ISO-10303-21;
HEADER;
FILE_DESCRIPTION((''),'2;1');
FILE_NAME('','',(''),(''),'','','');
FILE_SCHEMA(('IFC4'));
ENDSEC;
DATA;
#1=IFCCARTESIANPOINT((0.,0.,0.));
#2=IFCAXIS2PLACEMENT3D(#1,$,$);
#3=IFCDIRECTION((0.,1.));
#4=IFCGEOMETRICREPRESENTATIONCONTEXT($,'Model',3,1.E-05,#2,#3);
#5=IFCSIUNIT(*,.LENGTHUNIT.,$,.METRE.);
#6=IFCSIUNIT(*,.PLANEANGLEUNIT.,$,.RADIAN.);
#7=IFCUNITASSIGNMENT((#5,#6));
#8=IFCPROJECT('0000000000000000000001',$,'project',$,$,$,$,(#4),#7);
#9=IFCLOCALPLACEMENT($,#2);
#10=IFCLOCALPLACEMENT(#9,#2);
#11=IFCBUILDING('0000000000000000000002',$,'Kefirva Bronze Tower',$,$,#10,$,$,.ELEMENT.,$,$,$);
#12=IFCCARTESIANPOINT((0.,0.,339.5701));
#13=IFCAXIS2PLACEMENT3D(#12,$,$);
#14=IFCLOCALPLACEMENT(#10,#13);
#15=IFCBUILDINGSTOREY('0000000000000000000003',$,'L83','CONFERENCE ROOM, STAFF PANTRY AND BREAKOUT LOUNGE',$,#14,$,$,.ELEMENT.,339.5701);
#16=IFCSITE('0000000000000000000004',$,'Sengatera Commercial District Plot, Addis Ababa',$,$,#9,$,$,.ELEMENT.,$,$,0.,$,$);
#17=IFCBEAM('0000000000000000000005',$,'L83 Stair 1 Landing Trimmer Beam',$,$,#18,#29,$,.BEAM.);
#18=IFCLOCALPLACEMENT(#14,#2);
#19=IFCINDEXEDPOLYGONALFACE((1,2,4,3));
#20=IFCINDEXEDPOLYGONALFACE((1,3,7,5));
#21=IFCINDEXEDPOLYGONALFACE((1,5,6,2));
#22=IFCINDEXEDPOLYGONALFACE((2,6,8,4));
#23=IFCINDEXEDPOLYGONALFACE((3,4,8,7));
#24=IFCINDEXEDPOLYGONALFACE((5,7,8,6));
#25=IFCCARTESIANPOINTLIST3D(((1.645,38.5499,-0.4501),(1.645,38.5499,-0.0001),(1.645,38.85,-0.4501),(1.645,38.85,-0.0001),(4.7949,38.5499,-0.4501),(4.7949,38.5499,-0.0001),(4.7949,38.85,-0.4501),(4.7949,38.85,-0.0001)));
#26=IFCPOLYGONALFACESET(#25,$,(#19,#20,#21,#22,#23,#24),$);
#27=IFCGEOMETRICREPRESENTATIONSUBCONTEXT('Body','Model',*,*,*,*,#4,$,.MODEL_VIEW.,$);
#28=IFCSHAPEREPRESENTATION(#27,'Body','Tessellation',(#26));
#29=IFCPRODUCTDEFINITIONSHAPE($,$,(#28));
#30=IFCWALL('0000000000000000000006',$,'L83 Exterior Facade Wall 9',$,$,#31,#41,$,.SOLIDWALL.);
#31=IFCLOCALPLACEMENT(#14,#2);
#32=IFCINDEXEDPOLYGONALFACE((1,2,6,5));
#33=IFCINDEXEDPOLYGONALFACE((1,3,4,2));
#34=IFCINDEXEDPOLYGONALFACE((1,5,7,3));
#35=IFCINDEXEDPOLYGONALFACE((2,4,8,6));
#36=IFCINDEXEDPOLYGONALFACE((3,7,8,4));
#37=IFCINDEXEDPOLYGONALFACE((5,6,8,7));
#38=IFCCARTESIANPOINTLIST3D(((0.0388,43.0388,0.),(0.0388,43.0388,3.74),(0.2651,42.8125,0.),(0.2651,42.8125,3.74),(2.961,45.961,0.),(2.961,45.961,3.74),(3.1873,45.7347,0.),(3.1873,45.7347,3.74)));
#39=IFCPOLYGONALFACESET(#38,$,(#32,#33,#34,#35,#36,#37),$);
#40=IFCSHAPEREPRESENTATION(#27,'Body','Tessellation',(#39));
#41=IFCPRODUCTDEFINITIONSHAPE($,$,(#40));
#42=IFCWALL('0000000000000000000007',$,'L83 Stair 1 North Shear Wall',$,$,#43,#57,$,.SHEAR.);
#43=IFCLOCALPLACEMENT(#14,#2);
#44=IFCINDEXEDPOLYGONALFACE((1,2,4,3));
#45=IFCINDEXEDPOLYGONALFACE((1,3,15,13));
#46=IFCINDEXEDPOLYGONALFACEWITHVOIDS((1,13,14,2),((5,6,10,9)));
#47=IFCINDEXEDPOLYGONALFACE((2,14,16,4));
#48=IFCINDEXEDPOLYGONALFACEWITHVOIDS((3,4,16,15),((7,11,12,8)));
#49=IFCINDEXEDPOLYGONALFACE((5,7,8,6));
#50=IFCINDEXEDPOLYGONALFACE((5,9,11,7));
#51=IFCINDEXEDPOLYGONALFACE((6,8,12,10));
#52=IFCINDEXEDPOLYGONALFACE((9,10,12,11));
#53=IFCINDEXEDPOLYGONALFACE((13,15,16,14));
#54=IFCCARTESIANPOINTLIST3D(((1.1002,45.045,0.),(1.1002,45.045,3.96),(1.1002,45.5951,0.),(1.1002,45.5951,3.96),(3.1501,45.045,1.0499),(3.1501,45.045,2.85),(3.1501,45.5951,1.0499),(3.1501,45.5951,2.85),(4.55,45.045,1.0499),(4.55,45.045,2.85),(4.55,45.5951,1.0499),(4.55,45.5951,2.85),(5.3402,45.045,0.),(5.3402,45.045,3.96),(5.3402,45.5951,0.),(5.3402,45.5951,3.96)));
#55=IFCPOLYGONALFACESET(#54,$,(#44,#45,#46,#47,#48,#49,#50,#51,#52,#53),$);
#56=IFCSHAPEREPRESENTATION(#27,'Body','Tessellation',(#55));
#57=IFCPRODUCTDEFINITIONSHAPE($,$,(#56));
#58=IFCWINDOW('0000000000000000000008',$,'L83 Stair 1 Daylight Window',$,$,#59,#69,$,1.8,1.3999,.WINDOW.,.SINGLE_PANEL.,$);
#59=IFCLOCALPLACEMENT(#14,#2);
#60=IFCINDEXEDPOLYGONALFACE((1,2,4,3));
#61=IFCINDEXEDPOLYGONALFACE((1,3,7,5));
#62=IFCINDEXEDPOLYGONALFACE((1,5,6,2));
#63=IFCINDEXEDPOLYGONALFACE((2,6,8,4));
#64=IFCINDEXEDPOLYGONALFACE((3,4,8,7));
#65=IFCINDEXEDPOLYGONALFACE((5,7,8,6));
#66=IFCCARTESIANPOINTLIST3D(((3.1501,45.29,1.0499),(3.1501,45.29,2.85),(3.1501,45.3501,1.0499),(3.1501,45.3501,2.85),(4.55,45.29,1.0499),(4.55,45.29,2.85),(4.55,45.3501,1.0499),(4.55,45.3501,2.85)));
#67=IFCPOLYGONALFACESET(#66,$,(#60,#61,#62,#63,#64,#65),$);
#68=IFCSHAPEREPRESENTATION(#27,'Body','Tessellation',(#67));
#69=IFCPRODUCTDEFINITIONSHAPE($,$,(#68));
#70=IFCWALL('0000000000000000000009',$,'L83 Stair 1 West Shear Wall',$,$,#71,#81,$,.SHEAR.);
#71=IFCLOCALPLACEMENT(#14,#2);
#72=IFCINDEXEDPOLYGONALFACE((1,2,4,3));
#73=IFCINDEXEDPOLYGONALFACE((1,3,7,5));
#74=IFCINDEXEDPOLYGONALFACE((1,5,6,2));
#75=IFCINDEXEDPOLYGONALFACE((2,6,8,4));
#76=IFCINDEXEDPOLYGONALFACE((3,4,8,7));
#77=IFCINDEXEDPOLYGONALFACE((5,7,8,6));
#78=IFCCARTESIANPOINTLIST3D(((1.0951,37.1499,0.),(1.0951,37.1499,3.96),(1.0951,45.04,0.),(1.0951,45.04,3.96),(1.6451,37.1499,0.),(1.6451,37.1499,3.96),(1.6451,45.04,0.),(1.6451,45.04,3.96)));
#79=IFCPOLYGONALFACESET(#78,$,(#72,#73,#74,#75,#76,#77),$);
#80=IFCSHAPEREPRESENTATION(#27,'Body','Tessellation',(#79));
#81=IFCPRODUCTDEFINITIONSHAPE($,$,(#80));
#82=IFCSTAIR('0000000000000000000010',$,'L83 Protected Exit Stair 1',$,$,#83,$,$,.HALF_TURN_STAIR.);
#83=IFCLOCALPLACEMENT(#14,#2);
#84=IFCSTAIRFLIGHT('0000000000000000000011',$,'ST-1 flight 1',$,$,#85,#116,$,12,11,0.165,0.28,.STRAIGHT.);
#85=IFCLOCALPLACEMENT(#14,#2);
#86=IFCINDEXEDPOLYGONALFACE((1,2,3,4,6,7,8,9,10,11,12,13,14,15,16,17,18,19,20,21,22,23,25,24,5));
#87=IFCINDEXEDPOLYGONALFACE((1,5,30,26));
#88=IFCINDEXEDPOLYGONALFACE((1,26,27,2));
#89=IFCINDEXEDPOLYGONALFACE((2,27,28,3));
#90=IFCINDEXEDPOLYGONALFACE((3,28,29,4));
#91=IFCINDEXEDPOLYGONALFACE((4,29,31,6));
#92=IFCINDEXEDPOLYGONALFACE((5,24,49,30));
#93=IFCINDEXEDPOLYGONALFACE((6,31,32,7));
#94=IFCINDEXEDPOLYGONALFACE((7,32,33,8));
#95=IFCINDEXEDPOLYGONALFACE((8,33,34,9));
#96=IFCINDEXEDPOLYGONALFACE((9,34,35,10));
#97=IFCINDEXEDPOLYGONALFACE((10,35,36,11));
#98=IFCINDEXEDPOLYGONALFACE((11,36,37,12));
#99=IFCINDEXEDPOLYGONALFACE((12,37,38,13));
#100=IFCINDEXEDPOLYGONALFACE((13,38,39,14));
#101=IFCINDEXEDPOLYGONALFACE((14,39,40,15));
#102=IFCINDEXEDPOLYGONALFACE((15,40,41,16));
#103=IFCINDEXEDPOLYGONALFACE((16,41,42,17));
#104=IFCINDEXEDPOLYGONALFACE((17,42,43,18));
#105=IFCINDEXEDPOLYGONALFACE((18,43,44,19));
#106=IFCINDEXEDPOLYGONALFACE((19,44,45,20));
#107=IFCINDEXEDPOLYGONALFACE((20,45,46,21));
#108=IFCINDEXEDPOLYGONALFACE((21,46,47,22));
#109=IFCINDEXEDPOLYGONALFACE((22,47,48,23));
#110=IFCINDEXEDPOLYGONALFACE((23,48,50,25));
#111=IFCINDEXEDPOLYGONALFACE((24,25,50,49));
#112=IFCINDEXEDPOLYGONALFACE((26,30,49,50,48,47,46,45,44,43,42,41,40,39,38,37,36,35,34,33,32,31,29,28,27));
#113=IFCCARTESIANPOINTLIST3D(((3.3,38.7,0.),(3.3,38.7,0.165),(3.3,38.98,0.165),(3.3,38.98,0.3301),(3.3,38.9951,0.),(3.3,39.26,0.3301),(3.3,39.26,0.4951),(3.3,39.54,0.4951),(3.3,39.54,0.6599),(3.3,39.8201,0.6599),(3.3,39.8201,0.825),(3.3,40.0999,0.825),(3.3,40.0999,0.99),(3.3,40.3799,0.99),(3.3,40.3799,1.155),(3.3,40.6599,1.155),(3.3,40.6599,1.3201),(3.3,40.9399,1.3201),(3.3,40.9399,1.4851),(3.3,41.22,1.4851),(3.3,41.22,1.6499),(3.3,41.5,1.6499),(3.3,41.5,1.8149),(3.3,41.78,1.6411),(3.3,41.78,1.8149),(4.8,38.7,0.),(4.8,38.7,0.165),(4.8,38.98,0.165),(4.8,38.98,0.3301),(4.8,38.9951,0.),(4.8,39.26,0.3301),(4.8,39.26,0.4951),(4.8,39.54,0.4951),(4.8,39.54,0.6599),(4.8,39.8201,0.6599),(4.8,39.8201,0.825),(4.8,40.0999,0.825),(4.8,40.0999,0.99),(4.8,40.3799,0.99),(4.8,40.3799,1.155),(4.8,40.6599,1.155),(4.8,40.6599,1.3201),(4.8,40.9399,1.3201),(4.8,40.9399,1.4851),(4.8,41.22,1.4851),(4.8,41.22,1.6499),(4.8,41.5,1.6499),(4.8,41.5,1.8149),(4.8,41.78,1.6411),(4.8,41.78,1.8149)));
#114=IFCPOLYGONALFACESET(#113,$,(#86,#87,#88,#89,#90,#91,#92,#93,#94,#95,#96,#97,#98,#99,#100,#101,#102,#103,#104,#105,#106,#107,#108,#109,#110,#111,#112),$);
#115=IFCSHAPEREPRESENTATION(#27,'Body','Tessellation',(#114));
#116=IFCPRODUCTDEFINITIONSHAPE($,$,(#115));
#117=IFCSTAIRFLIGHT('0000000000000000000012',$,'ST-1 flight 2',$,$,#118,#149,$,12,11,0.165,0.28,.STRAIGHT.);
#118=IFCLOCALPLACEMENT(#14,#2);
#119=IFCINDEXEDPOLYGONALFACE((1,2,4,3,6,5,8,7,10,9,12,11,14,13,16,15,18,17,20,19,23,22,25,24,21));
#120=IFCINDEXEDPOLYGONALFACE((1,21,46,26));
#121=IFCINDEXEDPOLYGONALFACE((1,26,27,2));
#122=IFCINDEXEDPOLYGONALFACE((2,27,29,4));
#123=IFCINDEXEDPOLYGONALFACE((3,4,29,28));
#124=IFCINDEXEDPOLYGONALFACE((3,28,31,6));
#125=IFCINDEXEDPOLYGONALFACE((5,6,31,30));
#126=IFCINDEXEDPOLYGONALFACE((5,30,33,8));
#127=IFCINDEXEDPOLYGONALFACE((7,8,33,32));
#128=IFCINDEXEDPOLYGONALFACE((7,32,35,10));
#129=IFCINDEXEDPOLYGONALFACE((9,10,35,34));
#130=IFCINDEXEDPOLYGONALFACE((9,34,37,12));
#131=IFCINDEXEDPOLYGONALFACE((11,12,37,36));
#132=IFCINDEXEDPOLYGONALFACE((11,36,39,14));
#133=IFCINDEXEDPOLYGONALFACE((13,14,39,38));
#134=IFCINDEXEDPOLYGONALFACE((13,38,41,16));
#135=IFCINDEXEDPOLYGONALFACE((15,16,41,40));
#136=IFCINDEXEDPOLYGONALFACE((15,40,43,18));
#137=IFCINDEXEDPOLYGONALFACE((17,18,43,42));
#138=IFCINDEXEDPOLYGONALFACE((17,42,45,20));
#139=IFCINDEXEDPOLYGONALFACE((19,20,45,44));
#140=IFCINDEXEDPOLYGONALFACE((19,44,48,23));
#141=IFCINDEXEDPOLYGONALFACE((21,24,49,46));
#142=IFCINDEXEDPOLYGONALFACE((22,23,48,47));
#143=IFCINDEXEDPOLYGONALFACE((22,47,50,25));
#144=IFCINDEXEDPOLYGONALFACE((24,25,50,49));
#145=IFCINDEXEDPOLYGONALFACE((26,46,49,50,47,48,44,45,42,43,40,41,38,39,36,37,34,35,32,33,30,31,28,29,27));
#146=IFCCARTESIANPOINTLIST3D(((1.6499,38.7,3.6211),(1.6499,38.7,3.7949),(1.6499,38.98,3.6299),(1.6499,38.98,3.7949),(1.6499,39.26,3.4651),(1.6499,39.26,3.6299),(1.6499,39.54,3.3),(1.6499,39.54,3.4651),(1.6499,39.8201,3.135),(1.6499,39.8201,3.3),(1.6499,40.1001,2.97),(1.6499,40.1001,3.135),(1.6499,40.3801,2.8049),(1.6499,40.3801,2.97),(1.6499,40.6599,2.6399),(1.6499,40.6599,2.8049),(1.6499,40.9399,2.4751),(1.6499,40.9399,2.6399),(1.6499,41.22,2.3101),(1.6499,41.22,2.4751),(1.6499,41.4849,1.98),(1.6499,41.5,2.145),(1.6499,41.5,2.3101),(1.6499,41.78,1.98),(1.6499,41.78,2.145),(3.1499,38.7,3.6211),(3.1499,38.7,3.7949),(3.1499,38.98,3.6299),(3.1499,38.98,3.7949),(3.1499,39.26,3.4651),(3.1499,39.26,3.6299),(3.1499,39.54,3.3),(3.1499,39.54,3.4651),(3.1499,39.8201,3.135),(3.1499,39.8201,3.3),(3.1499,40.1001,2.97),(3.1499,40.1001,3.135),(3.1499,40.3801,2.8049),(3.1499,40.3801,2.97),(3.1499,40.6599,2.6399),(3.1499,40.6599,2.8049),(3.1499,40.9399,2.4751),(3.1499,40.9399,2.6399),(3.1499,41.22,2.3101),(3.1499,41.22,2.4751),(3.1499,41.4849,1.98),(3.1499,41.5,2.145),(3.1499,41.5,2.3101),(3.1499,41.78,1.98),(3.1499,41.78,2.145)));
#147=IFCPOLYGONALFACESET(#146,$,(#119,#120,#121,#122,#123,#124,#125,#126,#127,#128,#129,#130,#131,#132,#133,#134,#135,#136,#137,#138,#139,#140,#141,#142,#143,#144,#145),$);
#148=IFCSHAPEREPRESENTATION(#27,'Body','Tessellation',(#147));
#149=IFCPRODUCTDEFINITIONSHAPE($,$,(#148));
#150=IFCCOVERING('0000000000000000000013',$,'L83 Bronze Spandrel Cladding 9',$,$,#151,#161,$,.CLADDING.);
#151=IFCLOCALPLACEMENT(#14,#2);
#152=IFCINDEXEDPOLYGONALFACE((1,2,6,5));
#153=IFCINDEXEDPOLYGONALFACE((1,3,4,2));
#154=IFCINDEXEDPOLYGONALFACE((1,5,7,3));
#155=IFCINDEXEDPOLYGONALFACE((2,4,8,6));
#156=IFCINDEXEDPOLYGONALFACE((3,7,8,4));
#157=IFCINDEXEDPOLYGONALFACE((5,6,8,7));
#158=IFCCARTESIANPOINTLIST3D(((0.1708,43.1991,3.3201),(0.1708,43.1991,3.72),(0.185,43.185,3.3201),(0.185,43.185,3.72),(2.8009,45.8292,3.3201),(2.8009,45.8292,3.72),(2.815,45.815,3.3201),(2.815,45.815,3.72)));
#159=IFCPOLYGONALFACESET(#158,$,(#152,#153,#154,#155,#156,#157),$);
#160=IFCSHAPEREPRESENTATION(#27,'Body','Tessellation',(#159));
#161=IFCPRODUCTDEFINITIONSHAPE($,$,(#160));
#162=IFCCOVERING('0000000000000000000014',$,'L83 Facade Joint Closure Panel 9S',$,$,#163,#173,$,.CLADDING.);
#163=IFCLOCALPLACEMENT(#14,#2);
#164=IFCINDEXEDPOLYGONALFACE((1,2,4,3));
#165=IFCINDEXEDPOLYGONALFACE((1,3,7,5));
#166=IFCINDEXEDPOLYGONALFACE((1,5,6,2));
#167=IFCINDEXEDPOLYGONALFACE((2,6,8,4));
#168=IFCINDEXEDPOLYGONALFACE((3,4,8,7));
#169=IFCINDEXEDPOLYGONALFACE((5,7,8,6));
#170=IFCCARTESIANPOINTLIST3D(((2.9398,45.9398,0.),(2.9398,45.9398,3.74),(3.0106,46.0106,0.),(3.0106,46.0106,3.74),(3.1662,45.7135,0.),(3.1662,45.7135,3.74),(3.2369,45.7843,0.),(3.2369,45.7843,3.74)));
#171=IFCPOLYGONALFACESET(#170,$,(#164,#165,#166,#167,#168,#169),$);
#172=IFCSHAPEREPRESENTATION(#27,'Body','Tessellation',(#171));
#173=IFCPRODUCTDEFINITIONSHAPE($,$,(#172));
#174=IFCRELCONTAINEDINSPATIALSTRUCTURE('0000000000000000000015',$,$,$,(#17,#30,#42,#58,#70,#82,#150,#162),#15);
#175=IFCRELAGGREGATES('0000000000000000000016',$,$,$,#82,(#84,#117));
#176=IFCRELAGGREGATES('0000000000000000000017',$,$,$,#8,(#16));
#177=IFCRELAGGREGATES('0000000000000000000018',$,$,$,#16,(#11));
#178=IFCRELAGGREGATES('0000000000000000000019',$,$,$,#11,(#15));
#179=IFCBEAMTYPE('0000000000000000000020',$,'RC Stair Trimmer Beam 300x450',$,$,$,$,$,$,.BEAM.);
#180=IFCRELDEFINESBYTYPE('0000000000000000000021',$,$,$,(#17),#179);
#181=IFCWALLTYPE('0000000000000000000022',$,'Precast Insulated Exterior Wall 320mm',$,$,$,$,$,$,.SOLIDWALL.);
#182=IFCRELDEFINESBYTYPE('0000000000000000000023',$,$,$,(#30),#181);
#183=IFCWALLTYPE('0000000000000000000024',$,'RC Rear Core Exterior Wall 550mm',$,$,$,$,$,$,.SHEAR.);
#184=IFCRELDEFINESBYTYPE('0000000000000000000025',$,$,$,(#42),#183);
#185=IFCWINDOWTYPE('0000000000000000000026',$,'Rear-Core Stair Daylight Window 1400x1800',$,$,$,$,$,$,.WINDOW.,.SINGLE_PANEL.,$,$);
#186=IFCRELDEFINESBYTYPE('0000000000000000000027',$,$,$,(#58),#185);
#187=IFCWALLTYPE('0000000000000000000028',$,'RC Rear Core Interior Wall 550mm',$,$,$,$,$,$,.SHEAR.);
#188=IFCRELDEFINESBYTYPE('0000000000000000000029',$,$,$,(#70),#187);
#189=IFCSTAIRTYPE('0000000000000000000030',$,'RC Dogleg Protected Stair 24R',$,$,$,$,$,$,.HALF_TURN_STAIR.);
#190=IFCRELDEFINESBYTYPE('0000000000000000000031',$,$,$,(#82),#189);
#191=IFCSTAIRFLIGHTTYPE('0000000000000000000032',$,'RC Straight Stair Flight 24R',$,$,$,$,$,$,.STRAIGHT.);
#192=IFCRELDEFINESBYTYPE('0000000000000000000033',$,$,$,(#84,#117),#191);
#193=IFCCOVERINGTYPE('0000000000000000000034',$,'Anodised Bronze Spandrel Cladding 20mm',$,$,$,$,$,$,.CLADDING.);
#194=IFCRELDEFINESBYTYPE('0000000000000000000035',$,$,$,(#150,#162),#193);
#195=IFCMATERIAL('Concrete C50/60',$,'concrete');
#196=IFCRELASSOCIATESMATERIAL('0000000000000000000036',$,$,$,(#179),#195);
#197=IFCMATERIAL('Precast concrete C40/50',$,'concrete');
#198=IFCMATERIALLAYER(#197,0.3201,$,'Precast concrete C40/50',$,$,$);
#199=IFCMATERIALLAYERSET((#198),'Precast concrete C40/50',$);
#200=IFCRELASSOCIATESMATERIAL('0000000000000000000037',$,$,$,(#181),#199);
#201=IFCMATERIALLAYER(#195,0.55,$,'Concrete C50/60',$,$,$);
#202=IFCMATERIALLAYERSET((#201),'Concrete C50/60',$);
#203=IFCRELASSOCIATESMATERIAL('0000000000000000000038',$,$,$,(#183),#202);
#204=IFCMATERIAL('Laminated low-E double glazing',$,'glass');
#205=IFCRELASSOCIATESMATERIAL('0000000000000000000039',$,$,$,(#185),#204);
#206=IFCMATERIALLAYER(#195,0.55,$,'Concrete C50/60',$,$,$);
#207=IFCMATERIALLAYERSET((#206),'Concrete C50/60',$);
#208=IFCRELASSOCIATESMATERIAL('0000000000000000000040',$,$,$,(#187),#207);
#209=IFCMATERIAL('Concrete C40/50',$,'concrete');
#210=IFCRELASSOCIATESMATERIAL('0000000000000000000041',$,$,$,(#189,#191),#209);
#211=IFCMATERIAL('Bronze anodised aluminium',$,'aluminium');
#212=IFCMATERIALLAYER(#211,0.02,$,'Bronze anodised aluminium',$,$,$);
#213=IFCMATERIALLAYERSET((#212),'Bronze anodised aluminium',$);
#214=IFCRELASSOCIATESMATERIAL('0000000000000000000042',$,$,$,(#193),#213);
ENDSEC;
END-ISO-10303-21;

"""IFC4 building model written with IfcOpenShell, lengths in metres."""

from ifc_helpers import new_model, si_unit, direction, frame, frame_2d, origin, origin_2d, place, context, subcontext, project, spatial, polyline, rectangle, outline, extrude, material, layer, layer_set, material_profile, profile_set, type_object, element, fill, aggregate, save


model = new_model("IFC4")

# Units and contexts
model_context = context("Model", 3, precision=1e-05, world=origin(), true_north=direction((0.0, 1.0)))
body_context = subcontext(model_context, "Body", "Model", "MODEL_VIEW")
ifc_project = project(units=[si_unit("LENGTHUNIT", "METRE"), si_unit("PLANEANGLEUNIT", "RADIAN")], contexts=[model_context])

# Site, building, storey
site_placement = place(None, origin())
site = spatial("IfcSite", under=ifc_project, at=site_placement, Name="Sengatera Commercial District Plot, Addis Ababa", CompositionType="ELEMENT", RefElevation=0.0)
building_placement = place(site_placement, origin())
building = spatial("IfcBuilding", under=site, at=building_placement, Name="Kefirva Bronze Tower", CompositionType="ELEMENT")
storey_placement = place(building_placement, frame((0.0, 0.0, 339.5701)))
storey = spatial("IfcBuildingStorey", under=building, at=storey_placement, Name="L83", Description="CONFERENCE ROOM, STAFF PANTRY AND BREAKOUT LOUNGE", CompositionType="ELEMENT", Elevation=339.5701)

# Beam
ifc_material_1 = material(Name="Concrete C50/60", Category="concrete")
ifc_material_profile = material_profile(ifc_material_1, rectangle(XDim=0.3, YDim=0.45, at=origin_2d()), Name="RC 300x450")
ifc_profile_set = profile_set([ifc_material_profile], Name="Concrete C50/60")
beam_type = type_object("IfcBeamType", Name="RC Stair Trimmer Beam 300x450", PredefinedType="BEAM", material=ifc_profile_set)
beam_placement = place(storey_placement, frame((1.645, 38.7, -0.2251), z_axis=(1.0, 0.0, 0.0), x_axis=(0.0, 1.0, 0.0)))
element("IfcBeam", 1, at=beam_placement, inside=storey, type_object=beam_type, Name="L83 Stair 1 Landing Trimmer Beam", PredefinedType="BEAM", context=body_context, shape_type="SweptSolid", body=[
    extrude(rectangle(XDim=0.3, YDim=0.45, at=origin_2d()), origin(), (0.0, 0.0, 1.0), 3.1499),
])

# Wall
ifc_material_2 = material(Name="Precast concrete C40/50", Category="concrete")
ifc_layer_1 = layer(ifc_material_2, 0.3201, Name="Precast concrete C40/50")
ifc_layer_set_1 = layer_set([ifc_layer_1], Name="Precast concrete C40/50")
wall_type_1 = type_object("IfcWallType", Name="Precast Insulated Exterior Wall 320mm", PredefinedType="SOLIDWALL", material=ifc_layer_set_1)
wall_1_placement = place(storey_placement, frame((3.0742, 45.8479, 0.0), z_axis=(0.0, 0.0, 1.0), x_axis=(-0.707107, -0.707107, 0.0)))
element("IfcWall", 2, at=wall_1_placement, inside=storey, type_object=wall_type_1, Name="L83 Exterior Facade Wall 9", PredefinedType="SOLIDWALL", context=body_context, shape_type="SweptSolid", body=[
    extrude(rectangle(XDim=4.1326, YDim=0.3201, at=frame_2d((2.0664, 0.0))), origin(), (0.0, 0.0, 1.0), 3.74),
])

# Wall, opening, window
ifc_layer_2 = layer(ifc_material_1, 0.55, Name="Concrete C50/60")
ifc_layer_set_2 = layer_set([ifc_layer_2], Name="Concrete C50/60")
wall_type_2 = type_object("IfcWallType", Name="RC Rear Core Exterior Wall 550mm", PredefinedType="SHEAR", material=ifc_layer_set_2)
wall_2_placement = place(storey_placement, frame((1.1001, 45.3201, 0.0), z_axis=(0.0, 0.0, 1.0), x_axis=(1.0, 0.0, 0.0)))
wall_2 = element("IfcWall", 3, at=wall_2_placement, inside=storey, type_object=wall_type_2, Name="L83 Stair 1 North Shear Wall", PredefinedType="SHEAR", context=body_context, shape_type="SweptSolid", body=[
    extrude(rectangle(XDim=4.24, YDim=0.55, at=frame_2d((2.1201, 0.0))), origin(), (0.0, 0.0, 1.0), 3.96),
])
opening_1_placement = place(wall_2_placement, frame((2.05, 0.0, 1.05)))
opening_1 = element("IfcOpeningElement", 4, at=opening_1_placement, cuts=wall_2, PredefinedType="OPENING", context=body_context, shape_type="SweptSolid", body=[
    extrude(rectangle(XDim=1.3999, YDim=1.8, at=frame_2d((0.7, 0.8999))), frame((0.0, 0.2852, 0.0), z_axis=(0.0, -1.0, 0.0), x_axis=(1.0, 0.0, 0.0)), (0.0, 0.0, 1.0), 0.5701),
])
ifc_material_3 = material(Name="Laminated low-E double glazing", Category="glass")
window_type = type_object("IfcWindowType", Name="Rear-Core Stair Daylight Window 1400x1800", PartitioningType="SINGLE_PANEL", PredefinedType="WINDOW", material=ifc_material_3)
window_placement = place(opening_1_placement, origin())
window = element("IfcWindow", 5, at=window_placement, inside=storey, type_object=window_type, Name="L83 Stair 1 Daylight Window", OverallHeight=1.8, OverallWidth=1.3999, PartitioningType="SINGLE_PANEL", PredefinedType="WINDOW", context=body_context, shape_type="SweptSolid", body=[
    extrude(rectangle(XDim=1.3999, YDim=1.8, at=frame_2d((0.7, 0.8999))), frame((0.0, 0.03, 0.0), z_axis=(0.0, -1.0, 0.0), x_axis=(1.0, 0.0, 0.0)), (0.0, 0.0, 1.0), 0.0601),
])
fill(opening_1, window)

# Wall
ifc_layer_3 = layer(ifc_material_1, 0.55, Name="Concrete C50/60")
ifc_layer_set_3 = layer_set([ifc_layer_3], Name="Concrete C50/60")
wall_type_3 = type_object("IfcWallType", Name="RC Rear Core Interior Wall 550mm", PredefinedType="SHEAR", material=ifc_layer_set_3)
wall_3_placement = place(storey_placement, frame((1.3701, 37.1499, 0.0), z_axis=(0.0, 0.0, 1.0), x_axis=(0.0, 1.0, 0.0)))
element("IfcWall", 6, at=wall_3_placement, inside=storey, type_object=wall_type_3, Name="L83 Stair 1 West Shear Wall", PredefinedType="SHEAR", context=body_context, shape_type="SweptSolid", body=[
    extrude(rectangle(XDim=7.8901, YDim=0.55, at=frame_2d((3.9451, 0.0))), origin(), (0.0, 0.0, 1.0), 3.96),
])

# Stair, stair flights
ifc_material_4 = material(Name="Concrete C40/50", Category="concrete")
stair_type = type_object("IfcStairType", Name="RC Dogleg Protected Stair 24R", PredefinedType="HALF_TURN_STAIR", material=ifc_material_4)
stair_placement = place(storey_placement, origin())
stair = element("IfcStair", 7, at=stair_placement, inside=storey, type_object=stair_type, Name="L83 Protected Exit Stair 1", PredefinedType="HALF_TURN_STAIR")
stair_flight_type = type_object("IfcStairFlightType", Name="RC Straight Stair Flight 24R", PredefinedType="STRAIGHT", material=ifc_material_4)
stair_flight_1_placement = place(storey_placement, frame((4.05, 38.7, 0.0), z_axis=(0.0, 0.0, 1.0), x_axis=(0.0, 1.0, 0.0)))
stair_flight_1 = element("IfcStairFlight", 8, at=stair_flight_1_placement, type_object=stair_flight_type, Name="ST-1 flight 1", NumberOfRisers=12, NumberOfTreads=11, PredefinedType="STRAIGHT", RiserHeight=0.165, TreadLength=0.28, context=body_context, shape_type="SweptSolid", body=[
    extrude(outline(polyline([(0.0, 0.0), (0.0, 0.165), (0.28, 0.165), (0.28, 0.3301), (0.5601, 0.3301), (0.5601, 0.4951), (0.8401, 0.4951), (0.8401, 0.6599), (1.1201, 0.6599), (1.1201, 0.825), (1.3999, 0.825), (1.3999, 0.99), (1.6799, 0.99), (1.6799, 1.155), (1.96, 1.155), (1.96, 1.3201), (2.24, 1.3201), (2.24, 1.4851), (2.52, 1.4851), (2.52, 1.6499), (2.8, 1.6499), (2.8, 1.8149), (3.0801, 1.8149), (3.0801, 1.98), (3.0801, 1.6411), (0.2952, 0.0), (0.0, 0.0)])), frame((0.0, 0.75, 0.0), z_axis=(0.0, -1.0, 0.0), x_axis=(1.0, 0.0, 0.0)), (0.0, 0.0, 1.0), 1.5),
])
stair_flight_2_placement = place(storey_placement, frame((2.3999, 41.78, 1.98), z_axis=(0.0, 0.0, 1.0), x_axis=(0.0, -1.0, 0.0)))
stair_flight_2 = element("IfcStairFlight", 9, at=stair_flight_2_placement, type_object=stair_flight_type, Name="ST-1 flight 2", NumberOfRisers=12, NumberOfTreads=11, PredefinedType="STRAIGHT", RiserHeight=0.165, TreadLength=0.28, context=body_context, shape_type="SweptSolid", body=[
    extrude(outline(polyline([(0.0, 0.0), (0.0, 0.165), (0.28, 0.165), (0.28, 0.3301), (0.5601, 0.3301), (0.5601, 0.4951), (0.8401, 0.4951), (0.8401, 0.6599), (1.1201, 0.6599), (1.1201, 0.825), (1.3999, 0.825), (1.3999, 0.99), (1.6799, 0.99), (1.6799, 1.155), (1.96, 1.155), (1.96, 1.3201), (2.24, 1.3201), (2.24, 1.4851), (2.52, 1.4851), (2.52, 1.6499), (2.8, 1.6499), (2.8, 1.8149), (3.0801, 1.8149), (3.0801, 1.98), (3.0801, 1.6411), (0.2952, 0.0), (0.0, 0.0)])), frame((0.0, 0.75, 0.0), z_axis=(0.0, -1.0, 0.0), x_axis=(1.0, 0.0, 0.0)), (0.0, 0.0, 1.0), 1.5),
])
aggregate(stair, [stair_flight_1, stair_flight_2])

# Coverings
ifc_material_5 = material(Name="Bronze anodised aluminium", Category="aluminium")
ifc_layer_4 = layer(ifc_material_5, 0.02, Name="Bronze anodised aluminium")
ifc_layer_set_4 = layer_set([ifc_layer_4], Name="Bronze anodised aluminium")
covering_type_1 = type_object("IfcCoveringType", Name="Anodised Bronze Spandrel Cladding 20mm", PredefinedType="CLADDING", material=ifc_layer_set_4)
covering_1_placement = place(storey_placement, frame((1.4929, 44.5071, 3.3201), z_axis=(0.0, 0.0, 1.0), x_axis=(-0.707107, -0.707107, 0.0)))
element("IfcCovering", 10, at=covering_1_placement, inside=storey, type_object=covering_type_1, Name="L83 Bronze Spandrel Cladding 9", PredefinedType="CLADDING", context=body_context, shape_type="SweptSolid", body=[
    extrude(rectangle(XDim=3.7195, YDim=0.02, at=origin_2d()), origin(), (0.0, 0.0, 1.0), 0.3999),
])
for number, where, z_axis, x_axis, name in (
    (11, (3.0884, 45.8621, 0.0), (0.0, 0.0, 1.0), (-0.707107, -0.707107, 0.0), "L83 Facade Joint Closure Panel 9S"),
):
    element("IfcCovering", number, at=place(storey_placement, frame(where, z_axis=z_axis, x_axis=x_axis)), inside=storey, type_object=covering_type_1, Name=name, PredefinedType="CLADDING", context=body_context, shape_type="SweptSolid", body=[
        extrude(rectangle(XDim=0.1001, YDim=0.3201, at=origin_2d()), origin(), (0.0, 0.0, 1.0), 3.74),
    ])

save(model, "model.ifc")
